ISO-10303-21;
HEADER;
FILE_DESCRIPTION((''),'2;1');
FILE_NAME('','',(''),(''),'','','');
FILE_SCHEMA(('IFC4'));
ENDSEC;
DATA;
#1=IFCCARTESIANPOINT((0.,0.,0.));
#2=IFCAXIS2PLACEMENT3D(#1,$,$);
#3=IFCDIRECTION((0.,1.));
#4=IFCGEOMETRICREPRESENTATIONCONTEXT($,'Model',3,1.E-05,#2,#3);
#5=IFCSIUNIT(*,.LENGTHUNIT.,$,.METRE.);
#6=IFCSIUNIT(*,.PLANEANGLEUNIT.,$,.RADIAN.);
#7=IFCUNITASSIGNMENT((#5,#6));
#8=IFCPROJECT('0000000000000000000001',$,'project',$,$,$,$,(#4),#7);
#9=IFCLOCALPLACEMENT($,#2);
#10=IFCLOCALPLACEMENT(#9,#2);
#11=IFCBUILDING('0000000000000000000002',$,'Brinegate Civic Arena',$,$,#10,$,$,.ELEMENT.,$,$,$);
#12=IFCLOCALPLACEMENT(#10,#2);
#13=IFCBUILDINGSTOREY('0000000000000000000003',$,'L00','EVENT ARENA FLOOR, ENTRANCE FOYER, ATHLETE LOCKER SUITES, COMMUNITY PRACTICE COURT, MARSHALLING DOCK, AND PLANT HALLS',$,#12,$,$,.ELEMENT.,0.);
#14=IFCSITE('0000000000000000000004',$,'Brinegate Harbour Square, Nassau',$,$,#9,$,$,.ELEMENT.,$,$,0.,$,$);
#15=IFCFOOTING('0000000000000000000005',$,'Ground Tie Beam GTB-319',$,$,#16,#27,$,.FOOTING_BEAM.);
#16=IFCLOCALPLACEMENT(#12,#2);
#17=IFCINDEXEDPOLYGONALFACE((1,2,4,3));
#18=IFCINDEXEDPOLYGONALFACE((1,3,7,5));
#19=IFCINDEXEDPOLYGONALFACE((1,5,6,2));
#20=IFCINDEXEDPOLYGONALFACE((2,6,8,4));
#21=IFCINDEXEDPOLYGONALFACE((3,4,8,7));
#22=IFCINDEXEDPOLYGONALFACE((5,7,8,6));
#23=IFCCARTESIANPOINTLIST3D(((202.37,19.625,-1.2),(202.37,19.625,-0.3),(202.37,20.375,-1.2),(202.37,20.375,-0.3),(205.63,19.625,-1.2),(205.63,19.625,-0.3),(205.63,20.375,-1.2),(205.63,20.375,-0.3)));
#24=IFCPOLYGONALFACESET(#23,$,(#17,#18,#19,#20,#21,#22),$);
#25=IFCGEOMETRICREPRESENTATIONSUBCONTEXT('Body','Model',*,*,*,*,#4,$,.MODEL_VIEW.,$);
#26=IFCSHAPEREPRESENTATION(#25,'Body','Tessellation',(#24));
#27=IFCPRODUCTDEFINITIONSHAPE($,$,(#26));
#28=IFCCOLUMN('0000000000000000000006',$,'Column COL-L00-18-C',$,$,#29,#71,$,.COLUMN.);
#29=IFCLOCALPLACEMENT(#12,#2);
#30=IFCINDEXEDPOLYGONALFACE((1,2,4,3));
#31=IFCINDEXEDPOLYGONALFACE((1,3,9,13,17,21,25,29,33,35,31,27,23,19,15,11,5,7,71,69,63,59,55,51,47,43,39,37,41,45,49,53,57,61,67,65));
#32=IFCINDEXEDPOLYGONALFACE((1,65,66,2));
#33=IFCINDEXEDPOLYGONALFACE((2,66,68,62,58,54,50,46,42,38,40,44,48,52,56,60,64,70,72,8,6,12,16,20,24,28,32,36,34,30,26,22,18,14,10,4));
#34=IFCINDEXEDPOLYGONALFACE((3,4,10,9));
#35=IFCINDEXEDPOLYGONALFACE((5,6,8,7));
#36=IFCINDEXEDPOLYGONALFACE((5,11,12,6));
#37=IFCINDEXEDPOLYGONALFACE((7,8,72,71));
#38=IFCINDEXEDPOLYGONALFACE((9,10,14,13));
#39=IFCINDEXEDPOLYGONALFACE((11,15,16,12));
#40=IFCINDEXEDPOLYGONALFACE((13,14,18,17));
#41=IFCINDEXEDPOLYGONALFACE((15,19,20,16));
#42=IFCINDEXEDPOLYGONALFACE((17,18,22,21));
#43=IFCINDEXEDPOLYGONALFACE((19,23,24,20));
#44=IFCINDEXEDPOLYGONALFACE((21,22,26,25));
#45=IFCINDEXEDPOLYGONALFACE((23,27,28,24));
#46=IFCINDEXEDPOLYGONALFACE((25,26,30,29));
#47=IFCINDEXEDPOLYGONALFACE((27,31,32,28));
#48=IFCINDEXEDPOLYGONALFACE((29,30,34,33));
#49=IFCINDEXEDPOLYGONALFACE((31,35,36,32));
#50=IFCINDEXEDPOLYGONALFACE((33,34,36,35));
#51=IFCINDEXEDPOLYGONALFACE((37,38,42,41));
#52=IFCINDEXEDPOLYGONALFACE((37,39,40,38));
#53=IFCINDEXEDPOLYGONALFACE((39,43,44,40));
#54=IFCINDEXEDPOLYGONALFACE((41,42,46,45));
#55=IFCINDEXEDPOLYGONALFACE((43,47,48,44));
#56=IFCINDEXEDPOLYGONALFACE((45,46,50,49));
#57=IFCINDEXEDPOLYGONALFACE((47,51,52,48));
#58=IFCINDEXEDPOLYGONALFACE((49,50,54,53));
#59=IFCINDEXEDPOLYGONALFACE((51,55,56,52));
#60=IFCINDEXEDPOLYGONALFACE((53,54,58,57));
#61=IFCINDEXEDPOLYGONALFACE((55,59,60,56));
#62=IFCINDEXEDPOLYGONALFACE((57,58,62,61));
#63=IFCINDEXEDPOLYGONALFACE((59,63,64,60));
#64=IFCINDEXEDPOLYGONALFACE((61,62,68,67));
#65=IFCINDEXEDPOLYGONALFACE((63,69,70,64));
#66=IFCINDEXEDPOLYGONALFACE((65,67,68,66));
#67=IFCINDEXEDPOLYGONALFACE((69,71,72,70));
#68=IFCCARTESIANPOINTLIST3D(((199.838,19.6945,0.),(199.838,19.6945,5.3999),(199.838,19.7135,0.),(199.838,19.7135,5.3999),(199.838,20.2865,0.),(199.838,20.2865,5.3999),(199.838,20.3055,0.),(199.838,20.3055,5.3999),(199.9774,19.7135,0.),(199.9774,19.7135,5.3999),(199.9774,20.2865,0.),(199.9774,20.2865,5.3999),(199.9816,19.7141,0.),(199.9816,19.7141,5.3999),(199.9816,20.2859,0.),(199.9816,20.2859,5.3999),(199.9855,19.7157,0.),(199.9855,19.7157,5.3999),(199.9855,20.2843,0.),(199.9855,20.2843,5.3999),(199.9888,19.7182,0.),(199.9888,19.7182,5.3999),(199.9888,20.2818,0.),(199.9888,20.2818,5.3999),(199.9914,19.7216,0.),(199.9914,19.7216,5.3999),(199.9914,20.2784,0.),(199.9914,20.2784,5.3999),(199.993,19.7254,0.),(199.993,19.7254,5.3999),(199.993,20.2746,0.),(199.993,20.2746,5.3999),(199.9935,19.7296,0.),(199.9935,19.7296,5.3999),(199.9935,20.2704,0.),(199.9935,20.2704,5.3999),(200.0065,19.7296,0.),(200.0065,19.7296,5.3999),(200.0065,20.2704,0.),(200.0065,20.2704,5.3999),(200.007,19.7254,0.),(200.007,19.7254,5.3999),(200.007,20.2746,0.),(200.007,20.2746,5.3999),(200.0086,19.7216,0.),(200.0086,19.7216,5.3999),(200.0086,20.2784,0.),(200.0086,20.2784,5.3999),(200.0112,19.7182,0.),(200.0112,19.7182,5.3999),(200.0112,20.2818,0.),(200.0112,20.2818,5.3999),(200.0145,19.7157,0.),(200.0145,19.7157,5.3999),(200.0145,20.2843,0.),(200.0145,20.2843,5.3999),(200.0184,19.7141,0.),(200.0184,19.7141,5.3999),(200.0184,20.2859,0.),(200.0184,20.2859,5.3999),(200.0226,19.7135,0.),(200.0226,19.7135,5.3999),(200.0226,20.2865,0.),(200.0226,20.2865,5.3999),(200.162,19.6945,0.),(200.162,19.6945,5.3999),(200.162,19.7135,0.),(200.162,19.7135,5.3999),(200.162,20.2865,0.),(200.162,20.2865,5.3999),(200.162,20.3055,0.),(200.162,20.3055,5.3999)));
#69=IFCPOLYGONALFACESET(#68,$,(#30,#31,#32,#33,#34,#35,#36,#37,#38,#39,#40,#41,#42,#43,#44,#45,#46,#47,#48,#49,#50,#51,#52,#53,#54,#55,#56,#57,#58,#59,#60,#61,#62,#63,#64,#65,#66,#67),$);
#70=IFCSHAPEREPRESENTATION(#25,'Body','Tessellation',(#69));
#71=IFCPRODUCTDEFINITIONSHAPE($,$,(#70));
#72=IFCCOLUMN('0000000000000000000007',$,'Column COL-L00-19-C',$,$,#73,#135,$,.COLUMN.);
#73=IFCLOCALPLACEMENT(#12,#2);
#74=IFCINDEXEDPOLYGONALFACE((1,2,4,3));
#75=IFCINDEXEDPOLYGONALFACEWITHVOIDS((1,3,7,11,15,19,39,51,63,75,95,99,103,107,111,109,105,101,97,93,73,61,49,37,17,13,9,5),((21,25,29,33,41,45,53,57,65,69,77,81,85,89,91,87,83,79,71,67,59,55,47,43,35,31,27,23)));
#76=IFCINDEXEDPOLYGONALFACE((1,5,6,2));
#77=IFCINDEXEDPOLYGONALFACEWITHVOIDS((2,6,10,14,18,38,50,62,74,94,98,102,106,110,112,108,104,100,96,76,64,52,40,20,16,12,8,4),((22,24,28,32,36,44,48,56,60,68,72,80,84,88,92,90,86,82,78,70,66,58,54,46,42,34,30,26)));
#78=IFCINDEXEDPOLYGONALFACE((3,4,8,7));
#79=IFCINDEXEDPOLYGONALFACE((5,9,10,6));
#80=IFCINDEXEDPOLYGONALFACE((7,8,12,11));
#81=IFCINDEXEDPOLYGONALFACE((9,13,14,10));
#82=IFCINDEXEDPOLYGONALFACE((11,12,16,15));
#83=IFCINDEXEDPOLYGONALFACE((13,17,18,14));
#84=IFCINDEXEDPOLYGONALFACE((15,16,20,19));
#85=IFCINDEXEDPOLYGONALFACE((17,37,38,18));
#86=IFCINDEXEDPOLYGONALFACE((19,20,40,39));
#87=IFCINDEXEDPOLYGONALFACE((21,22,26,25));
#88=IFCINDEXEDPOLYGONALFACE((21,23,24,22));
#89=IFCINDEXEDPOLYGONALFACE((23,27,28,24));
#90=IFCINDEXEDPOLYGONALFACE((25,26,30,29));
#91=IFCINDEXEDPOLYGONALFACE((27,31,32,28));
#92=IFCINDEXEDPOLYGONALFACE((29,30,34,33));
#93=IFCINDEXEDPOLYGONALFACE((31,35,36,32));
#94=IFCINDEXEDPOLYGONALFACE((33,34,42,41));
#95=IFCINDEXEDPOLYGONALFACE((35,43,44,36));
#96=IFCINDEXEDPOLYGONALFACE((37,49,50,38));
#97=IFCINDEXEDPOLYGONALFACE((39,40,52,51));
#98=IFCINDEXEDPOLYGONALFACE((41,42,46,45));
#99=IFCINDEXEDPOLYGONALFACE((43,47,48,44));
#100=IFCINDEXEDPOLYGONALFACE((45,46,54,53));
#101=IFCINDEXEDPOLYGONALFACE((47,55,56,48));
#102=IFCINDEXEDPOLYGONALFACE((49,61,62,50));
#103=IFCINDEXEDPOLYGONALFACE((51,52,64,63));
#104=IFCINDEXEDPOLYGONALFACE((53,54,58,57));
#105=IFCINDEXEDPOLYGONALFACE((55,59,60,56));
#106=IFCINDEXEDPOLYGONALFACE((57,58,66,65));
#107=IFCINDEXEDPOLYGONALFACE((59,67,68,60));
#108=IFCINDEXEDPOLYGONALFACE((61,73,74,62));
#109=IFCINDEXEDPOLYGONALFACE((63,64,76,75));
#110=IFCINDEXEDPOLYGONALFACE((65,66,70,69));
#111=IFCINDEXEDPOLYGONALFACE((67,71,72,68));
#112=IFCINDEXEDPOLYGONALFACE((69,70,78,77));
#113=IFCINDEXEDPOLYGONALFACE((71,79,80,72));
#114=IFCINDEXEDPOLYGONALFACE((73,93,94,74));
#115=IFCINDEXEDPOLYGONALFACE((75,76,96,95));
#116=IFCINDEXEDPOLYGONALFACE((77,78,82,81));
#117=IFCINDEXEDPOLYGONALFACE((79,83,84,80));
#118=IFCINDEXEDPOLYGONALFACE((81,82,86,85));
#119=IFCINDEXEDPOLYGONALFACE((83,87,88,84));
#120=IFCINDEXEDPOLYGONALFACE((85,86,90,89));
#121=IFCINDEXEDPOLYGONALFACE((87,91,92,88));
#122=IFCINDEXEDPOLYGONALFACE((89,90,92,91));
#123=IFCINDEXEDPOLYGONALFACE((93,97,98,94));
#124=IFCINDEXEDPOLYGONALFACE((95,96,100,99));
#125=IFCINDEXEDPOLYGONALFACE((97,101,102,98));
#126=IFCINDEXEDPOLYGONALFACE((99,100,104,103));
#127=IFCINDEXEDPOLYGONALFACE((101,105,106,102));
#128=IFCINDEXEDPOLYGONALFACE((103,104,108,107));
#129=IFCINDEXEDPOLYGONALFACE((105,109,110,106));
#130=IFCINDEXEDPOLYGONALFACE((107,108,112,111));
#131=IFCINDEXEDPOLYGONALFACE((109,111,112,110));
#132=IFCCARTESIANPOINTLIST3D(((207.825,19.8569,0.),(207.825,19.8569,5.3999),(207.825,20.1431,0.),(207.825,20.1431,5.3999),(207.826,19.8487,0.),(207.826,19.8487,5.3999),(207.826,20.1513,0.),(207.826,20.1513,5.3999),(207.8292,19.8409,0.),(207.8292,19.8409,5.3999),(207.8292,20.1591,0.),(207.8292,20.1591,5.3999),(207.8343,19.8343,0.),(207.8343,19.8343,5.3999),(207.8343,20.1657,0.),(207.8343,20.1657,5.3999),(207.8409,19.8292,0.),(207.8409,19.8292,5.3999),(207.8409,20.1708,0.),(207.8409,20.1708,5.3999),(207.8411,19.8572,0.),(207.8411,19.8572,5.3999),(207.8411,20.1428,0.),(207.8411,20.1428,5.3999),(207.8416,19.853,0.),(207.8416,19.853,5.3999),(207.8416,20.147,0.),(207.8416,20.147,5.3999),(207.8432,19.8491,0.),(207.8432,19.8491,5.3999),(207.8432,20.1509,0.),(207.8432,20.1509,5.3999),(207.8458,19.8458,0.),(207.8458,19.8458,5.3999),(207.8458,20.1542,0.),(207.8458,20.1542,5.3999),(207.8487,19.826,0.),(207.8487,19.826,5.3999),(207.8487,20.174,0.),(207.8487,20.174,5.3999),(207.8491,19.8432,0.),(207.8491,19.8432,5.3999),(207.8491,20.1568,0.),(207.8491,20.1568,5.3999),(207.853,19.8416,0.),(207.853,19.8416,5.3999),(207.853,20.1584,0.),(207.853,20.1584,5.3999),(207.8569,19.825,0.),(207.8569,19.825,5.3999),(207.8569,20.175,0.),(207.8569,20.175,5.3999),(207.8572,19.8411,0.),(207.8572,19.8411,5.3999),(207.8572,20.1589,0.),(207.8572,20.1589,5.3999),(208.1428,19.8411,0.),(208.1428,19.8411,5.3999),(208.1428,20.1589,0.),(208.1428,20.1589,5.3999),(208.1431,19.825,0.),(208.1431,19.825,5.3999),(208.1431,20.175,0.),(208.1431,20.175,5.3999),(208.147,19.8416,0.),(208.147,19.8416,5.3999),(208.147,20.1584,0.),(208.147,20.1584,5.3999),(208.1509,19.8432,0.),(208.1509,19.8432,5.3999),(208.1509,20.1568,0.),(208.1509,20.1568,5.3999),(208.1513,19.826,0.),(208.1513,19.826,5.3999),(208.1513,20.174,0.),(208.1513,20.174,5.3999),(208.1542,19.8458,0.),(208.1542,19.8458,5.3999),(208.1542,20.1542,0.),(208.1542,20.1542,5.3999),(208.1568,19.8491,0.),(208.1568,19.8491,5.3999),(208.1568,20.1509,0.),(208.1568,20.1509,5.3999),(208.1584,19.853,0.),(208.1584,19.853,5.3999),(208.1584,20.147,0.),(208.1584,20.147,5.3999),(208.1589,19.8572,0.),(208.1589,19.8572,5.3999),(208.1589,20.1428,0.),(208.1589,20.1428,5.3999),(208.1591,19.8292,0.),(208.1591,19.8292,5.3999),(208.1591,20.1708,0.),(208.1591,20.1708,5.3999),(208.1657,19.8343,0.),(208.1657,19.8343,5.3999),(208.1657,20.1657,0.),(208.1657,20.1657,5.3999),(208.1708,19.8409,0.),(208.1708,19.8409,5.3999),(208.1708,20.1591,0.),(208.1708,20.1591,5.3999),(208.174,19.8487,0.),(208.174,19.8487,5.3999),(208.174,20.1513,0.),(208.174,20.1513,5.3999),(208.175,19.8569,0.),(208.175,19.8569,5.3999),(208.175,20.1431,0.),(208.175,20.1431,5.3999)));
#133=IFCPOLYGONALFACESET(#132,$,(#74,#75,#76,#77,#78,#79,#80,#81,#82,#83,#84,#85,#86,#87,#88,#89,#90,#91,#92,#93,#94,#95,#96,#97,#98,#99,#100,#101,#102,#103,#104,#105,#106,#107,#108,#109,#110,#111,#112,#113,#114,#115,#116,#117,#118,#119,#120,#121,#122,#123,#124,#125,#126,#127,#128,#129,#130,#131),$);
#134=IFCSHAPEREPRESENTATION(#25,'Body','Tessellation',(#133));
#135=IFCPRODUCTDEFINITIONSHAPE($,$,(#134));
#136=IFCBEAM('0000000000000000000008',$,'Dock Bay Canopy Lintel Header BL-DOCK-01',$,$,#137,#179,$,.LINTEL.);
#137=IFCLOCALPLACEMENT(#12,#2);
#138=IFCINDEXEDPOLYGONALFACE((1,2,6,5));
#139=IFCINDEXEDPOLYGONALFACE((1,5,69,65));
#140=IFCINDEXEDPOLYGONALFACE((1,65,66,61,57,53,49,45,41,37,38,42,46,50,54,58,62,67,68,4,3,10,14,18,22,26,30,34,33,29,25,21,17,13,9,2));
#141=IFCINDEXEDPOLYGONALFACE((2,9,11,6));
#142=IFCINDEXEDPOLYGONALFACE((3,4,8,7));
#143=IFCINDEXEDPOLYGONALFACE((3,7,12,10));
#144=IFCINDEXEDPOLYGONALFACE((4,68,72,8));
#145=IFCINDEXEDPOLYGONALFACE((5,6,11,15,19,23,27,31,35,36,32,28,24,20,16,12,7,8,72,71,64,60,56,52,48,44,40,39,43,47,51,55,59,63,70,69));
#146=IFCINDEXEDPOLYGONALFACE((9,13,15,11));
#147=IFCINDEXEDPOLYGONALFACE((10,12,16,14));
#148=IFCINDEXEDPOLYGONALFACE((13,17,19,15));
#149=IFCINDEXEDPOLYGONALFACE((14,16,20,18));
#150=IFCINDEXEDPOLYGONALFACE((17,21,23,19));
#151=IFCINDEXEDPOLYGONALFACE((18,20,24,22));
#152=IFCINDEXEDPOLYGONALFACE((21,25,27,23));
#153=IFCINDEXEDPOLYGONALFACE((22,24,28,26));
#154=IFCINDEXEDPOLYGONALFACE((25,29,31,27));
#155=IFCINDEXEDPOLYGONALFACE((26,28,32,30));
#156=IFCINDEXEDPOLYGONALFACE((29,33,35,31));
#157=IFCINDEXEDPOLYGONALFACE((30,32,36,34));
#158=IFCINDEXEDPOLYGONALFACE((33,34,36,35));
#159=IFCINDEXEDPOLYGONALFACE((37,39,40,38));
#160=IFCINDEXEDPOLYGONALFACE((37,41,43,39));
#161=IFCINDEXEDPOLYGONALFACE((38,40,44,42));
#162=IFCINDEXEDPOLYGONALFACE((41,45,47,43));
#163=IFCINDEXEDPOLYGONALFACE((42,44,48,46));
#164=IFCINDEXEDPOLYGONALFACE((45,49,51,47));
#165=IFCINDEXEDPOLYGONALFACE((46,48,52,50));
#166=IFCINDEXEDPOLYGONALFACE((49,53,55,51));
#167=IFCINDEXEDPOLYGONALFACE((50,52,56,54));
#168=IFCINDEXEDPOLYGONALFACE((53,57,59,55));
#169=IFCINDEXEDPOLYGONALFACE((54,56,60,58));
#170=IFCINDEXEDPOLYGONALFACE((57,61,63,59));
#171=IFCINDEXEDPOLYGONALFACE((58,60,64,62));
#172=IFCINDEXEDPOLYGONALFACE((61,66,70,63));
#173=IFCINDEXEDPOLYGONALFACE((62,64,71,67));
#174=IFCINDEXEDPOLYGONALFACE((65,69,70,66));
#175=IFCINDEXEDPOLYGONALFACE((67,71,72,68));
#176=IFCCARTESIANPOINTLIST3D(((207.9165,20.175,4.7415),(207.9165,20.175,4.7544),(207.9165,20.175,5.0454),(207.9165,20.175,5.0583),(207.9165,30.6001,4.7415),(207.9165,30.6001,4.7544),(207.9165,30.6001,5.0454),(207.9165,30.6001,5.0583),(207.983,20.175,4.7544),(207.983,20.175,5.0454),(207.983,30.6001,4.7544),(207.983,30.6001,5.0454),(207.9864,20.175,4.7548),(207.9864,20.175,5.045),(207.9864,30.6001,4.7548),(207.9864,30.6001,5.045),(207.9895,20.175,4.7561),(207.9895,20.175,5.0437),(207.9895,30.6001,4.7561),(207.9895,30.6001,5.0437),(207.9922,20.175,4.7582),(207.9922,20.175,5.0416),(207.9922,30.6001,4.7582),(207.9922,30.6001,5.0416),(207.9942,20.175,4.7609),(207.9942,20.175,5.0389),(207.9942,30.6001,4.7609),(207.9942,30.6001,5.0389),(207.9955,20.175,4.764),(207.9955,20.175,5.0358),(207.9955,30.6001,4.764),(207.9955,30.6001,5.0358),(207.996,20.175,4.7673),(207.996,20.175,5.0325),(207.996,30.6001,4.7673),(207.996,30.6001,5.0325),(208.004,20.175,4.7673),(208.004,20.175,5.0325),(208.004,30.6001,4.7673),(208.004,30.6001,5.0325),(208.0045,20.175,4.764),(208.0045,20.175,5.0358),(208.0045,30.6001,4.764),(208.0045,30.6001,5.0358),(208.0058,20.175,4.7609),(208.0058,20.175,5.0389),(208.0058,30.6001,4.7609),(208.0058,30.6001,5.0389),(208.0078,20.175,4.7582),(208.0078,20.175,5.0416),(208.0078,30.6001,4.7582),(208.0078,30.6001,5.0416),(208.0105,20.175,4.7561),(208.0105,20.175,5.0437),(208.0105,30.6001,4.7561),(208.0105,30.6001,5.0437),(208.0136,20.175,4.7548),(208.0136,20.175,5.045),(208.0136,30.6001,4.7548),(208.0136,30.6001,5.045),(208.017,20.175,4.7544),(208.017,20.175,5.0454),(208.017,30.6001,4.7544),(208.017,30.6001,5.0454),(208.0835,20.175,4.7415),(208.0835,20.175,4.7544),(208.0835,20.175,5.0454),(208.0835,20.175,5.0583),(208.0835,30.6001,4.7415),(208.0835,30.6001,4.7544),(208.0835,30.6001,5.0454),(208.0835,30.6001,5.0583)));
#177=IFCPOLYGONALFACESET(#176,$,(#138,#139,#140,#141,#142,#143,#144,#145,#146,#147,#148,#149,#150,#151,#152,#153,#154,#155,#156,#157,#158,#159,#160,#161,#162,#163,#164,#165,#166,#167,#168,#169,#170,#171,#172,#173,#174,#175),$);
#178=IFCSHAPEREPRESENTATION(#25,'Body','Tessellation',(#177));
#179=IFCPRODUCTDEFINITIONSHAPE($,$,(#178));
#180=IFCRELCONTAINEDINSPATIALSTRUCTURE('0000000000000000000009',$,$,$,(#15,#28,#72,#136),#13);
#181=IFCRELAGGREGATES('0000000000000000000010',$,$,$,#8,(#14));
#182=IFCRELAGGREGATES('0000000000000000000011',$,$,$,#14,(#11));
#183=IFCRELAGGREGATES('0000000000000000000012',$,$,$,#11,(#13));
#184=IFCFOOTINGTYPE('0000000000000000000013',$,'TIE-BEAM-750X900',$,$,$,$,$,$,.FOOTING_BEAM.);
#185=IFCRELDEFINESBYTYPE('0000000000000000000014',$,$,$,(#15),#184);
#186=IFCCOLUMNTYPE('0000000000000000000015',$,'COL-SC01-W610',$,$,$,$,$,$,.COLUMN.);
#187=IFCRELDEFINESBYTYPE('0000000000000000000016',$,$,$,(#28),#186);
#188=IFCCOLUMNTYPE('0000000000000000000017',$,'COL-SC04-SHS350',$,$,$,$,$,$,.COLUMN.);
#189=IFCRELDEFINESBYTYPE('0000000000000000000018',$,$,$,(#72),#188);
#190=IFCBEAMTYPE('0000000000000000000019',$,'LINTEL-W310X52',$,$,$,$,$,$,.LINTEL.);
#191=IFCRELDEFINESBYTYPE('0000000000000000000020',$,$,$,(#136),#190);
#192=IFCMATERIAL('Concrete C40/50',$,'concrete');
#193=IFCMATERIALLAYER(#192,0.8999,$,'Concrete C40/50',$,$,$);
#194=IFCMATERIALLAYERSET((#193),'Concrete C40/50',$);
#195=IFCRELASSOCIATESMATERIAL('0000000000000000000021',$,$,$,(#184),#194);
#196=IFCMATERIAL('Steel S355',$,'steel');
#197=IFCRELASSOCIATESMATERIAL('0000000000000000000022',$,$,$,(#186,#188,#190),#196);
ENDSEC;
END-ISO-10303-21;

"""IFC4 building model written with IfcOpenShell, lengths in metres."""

from ifc_helpers import new_model, si_unit, direction, frame, origin, origin_2d, place, context, subcontext, project, spatial, rectangle, hollow_rectangle, i_section, extrude, material, layer, layer_set, material_profile, profile_set, type_object, element, save


model = new_model("IFC4")

# Units and contexts
model_context = context("Model", 3, precision=1e-05, world=origin(), true_north=direction((0.0, 1.0)))
body_context = subcontext(model_context, "Body", "Model", "MODEL_VIEW")
ifc_project = project(units=[si_unit("LENGTHUNIT", "METRE"), si_unit("PLANEANGLEUNIT", "RADIAN")], contexts=[model_context])

# Site, building, storey
site_placement = place(None, origin())
site = spatial("IfcSite", under=ifc_project, at=site_placement, Name="Brinegate Harbour Square, Nassau", CompositionType="ELEMENT", RefElevation=0.0)
building_placement = place(site_placement, origin())
building = spatial("IfcBuilding", under=site, at=building_placement, Name="Brinegate Civic Arena", CompositionType="ELEMENT")
storey_placement = place(building_placement, origin())
storey = spatial("IfcBuildingStorey", under=building, at=storey_placement, Name="L00", Description="EVENT ARENA FLOOR, ENTRANCE FOYER, ATHLETE LOCKER SUITES, COMMUNITY PRACTICE COURT, MARSHALLING DOCK, AND PLANT HALLS", CompositionType="ELEMENT", Elevation=0.0)

# Shared definitions
ifc_material_1 = material(Name="Concrete C40/50", Category="concrete")

# Footing
ifc_layer_1 = layer(ifc_material_1, 0.8999, Name="Concrete C40/50")
ifc_layer_set_1 = layer_set([ifc_layer_1], Name="Concrete C40/50")
footing_type_1 = type_object("IfcFootingType", Name="TIE-BEAM-750X900", PredefinedType="FOOTING_BEAM", material=ifc_layer_set_1)
footing_1_placement = place(storey_placement, frame((204.0, 20.0, -1.2), z_axis=(0.0, 0.0, 1.0), x_axis=(1.0, 0.0, 0.0)))
element("IfcFooting", 1, at=footing_1_placement, inside=storey, type_object=footing_type_1, Name="Ground Tie Beam GTB-319", PredefinedType="FOOTING_BEAM", context=body_context, shape_type="SweptSolid", body=[
    extrude(rectangle(XDim=3.26, YDim=0.75, at=origin_2d()), origin(), (0.0, 0.0, 1.0), 0.8999),
])

# Columns
ifc_material_2 = material(Name="Steel S355", Category="steel")
ifc_material_profile_1 = material_profile(ifc_material_2, i_section(OverallWidth=0.324, OverallDepth=0.6111, WebThickness=0.0129, FlangeThickness=0.019, FilletRadius=0.0161, at=origin_2d()), Name="W610X155")
ifc_profile_set_1 = profile_set([ifc_material_profile_1], Name="Steel S355")
column_type_1 = type_object("IfcColumnType", Name="COL-SC01-W610", PredefinedType="COLUMN", material=ifc_profile_set_1)
column_1_placement = place(storey_placement, frame((200.0, 20.0, 0.0), z_axis=(0.0, 0.0, 1.0), x_axis=(1.0, 0.0, 0.0)))
element("IfcColumn", 2, at=column_1_placement, inside=storey, type_object=column_type_1, Name="Column COL-L00-18-C", PredefinedType="COLUMN", context=body_context, shape_type="SweptSolid", body=[
    extrude(i_section(OverallWidth=0.324, OverallDepth=0.6111, WebThickness=0.0129, FlangeThickness=0.019, FilletRadius=0.0161, at=origin_2d()), origin(), (0.0, 0.0, 1.0), 5.3999),
])
ifc_material_profile_2 = material_profile(ifc_material_2, hollow_rectangle(XDim=0.3501, YDim=0.3501, WallThickness=0.0161, InnerFilletRadius=0.0161, OuterFilletRadius=0.032, at=origin_2d()), Name="SHS350X16")
ifc_profile_set_2 = profile_set([ifc_material_profile_2], Name="Steel S355")
column_type_2 = type_object("IfcColumnType", Name="COL-SC04-SHS350", PredefinedType="COLUMN", material=ifc_profile_set_2)
column_2_placement = place(storey_placement, frame((208.0, 20.0, 0.0), z_axis=(0.0, 0.0, 1.0), x_axis=(1.0, 0.0, 0.0)))
element("IfcColumn", 3, at=column_2_placement, inside=storey, type_object=column_type_2, Name="Column COL-L00-19-C", PredefinedType="COLUMN", context=body_context, shape_type="SweptSolid", body=[
    extrude(hollow_rectangle(XDim=0.3501, YDim=0.3501, WallThickness=0.0161, InnerFilletRadius=0.0161, OuterFilletRadius=0.032, at=origin_2d()), origin(), (0.0, 0.0, 1.0), 5.3999),
])

# Beam
ifc_material_profile_3 = material_profile(ifc_material_2, i_section(OverallWidth=0.167, OverallDepth=0.3169, WebThickness=0.0081, FlangeThickness=0.0129, FilletRadius=0.0129, at=origin_2d()), Name="W310X52")
ifc_profile_set_3 = profile_set([ifc_material_profile_3], Name="Steel S355")
beam_type = type_object("IfcBeamType", Name="LINTEL-W310X52", PredefinedType="LINTEL", material=ifc_profile_set_3)
beam_placement = place(storey_placement, frame((208.0, 20.175, 4.8999), z_axis=(0.0, 1.0, 0.0), x_axis=(-1.0, 0.0, 0.0)))
element("IfcBeam", 4, at=beam_placement, inside=storey, type_object=beam_type, Name="Dock Bay Canopy Lintel Header BL-DOCK-01", PredefinedType="LINTEL", context=body_context, shape_type="SweptSolid", body=[
    extrude(i_section(OverallWidth=0.167, OverallDepth=0.3169, WebThickness=0.0081, FlangeThickness=0.0129, FilletRadius=0.0129, at=origin_2d()), origin(), (0.0, 0.0, 1.0), 10.425),
])

save(model, "model.ifc")
